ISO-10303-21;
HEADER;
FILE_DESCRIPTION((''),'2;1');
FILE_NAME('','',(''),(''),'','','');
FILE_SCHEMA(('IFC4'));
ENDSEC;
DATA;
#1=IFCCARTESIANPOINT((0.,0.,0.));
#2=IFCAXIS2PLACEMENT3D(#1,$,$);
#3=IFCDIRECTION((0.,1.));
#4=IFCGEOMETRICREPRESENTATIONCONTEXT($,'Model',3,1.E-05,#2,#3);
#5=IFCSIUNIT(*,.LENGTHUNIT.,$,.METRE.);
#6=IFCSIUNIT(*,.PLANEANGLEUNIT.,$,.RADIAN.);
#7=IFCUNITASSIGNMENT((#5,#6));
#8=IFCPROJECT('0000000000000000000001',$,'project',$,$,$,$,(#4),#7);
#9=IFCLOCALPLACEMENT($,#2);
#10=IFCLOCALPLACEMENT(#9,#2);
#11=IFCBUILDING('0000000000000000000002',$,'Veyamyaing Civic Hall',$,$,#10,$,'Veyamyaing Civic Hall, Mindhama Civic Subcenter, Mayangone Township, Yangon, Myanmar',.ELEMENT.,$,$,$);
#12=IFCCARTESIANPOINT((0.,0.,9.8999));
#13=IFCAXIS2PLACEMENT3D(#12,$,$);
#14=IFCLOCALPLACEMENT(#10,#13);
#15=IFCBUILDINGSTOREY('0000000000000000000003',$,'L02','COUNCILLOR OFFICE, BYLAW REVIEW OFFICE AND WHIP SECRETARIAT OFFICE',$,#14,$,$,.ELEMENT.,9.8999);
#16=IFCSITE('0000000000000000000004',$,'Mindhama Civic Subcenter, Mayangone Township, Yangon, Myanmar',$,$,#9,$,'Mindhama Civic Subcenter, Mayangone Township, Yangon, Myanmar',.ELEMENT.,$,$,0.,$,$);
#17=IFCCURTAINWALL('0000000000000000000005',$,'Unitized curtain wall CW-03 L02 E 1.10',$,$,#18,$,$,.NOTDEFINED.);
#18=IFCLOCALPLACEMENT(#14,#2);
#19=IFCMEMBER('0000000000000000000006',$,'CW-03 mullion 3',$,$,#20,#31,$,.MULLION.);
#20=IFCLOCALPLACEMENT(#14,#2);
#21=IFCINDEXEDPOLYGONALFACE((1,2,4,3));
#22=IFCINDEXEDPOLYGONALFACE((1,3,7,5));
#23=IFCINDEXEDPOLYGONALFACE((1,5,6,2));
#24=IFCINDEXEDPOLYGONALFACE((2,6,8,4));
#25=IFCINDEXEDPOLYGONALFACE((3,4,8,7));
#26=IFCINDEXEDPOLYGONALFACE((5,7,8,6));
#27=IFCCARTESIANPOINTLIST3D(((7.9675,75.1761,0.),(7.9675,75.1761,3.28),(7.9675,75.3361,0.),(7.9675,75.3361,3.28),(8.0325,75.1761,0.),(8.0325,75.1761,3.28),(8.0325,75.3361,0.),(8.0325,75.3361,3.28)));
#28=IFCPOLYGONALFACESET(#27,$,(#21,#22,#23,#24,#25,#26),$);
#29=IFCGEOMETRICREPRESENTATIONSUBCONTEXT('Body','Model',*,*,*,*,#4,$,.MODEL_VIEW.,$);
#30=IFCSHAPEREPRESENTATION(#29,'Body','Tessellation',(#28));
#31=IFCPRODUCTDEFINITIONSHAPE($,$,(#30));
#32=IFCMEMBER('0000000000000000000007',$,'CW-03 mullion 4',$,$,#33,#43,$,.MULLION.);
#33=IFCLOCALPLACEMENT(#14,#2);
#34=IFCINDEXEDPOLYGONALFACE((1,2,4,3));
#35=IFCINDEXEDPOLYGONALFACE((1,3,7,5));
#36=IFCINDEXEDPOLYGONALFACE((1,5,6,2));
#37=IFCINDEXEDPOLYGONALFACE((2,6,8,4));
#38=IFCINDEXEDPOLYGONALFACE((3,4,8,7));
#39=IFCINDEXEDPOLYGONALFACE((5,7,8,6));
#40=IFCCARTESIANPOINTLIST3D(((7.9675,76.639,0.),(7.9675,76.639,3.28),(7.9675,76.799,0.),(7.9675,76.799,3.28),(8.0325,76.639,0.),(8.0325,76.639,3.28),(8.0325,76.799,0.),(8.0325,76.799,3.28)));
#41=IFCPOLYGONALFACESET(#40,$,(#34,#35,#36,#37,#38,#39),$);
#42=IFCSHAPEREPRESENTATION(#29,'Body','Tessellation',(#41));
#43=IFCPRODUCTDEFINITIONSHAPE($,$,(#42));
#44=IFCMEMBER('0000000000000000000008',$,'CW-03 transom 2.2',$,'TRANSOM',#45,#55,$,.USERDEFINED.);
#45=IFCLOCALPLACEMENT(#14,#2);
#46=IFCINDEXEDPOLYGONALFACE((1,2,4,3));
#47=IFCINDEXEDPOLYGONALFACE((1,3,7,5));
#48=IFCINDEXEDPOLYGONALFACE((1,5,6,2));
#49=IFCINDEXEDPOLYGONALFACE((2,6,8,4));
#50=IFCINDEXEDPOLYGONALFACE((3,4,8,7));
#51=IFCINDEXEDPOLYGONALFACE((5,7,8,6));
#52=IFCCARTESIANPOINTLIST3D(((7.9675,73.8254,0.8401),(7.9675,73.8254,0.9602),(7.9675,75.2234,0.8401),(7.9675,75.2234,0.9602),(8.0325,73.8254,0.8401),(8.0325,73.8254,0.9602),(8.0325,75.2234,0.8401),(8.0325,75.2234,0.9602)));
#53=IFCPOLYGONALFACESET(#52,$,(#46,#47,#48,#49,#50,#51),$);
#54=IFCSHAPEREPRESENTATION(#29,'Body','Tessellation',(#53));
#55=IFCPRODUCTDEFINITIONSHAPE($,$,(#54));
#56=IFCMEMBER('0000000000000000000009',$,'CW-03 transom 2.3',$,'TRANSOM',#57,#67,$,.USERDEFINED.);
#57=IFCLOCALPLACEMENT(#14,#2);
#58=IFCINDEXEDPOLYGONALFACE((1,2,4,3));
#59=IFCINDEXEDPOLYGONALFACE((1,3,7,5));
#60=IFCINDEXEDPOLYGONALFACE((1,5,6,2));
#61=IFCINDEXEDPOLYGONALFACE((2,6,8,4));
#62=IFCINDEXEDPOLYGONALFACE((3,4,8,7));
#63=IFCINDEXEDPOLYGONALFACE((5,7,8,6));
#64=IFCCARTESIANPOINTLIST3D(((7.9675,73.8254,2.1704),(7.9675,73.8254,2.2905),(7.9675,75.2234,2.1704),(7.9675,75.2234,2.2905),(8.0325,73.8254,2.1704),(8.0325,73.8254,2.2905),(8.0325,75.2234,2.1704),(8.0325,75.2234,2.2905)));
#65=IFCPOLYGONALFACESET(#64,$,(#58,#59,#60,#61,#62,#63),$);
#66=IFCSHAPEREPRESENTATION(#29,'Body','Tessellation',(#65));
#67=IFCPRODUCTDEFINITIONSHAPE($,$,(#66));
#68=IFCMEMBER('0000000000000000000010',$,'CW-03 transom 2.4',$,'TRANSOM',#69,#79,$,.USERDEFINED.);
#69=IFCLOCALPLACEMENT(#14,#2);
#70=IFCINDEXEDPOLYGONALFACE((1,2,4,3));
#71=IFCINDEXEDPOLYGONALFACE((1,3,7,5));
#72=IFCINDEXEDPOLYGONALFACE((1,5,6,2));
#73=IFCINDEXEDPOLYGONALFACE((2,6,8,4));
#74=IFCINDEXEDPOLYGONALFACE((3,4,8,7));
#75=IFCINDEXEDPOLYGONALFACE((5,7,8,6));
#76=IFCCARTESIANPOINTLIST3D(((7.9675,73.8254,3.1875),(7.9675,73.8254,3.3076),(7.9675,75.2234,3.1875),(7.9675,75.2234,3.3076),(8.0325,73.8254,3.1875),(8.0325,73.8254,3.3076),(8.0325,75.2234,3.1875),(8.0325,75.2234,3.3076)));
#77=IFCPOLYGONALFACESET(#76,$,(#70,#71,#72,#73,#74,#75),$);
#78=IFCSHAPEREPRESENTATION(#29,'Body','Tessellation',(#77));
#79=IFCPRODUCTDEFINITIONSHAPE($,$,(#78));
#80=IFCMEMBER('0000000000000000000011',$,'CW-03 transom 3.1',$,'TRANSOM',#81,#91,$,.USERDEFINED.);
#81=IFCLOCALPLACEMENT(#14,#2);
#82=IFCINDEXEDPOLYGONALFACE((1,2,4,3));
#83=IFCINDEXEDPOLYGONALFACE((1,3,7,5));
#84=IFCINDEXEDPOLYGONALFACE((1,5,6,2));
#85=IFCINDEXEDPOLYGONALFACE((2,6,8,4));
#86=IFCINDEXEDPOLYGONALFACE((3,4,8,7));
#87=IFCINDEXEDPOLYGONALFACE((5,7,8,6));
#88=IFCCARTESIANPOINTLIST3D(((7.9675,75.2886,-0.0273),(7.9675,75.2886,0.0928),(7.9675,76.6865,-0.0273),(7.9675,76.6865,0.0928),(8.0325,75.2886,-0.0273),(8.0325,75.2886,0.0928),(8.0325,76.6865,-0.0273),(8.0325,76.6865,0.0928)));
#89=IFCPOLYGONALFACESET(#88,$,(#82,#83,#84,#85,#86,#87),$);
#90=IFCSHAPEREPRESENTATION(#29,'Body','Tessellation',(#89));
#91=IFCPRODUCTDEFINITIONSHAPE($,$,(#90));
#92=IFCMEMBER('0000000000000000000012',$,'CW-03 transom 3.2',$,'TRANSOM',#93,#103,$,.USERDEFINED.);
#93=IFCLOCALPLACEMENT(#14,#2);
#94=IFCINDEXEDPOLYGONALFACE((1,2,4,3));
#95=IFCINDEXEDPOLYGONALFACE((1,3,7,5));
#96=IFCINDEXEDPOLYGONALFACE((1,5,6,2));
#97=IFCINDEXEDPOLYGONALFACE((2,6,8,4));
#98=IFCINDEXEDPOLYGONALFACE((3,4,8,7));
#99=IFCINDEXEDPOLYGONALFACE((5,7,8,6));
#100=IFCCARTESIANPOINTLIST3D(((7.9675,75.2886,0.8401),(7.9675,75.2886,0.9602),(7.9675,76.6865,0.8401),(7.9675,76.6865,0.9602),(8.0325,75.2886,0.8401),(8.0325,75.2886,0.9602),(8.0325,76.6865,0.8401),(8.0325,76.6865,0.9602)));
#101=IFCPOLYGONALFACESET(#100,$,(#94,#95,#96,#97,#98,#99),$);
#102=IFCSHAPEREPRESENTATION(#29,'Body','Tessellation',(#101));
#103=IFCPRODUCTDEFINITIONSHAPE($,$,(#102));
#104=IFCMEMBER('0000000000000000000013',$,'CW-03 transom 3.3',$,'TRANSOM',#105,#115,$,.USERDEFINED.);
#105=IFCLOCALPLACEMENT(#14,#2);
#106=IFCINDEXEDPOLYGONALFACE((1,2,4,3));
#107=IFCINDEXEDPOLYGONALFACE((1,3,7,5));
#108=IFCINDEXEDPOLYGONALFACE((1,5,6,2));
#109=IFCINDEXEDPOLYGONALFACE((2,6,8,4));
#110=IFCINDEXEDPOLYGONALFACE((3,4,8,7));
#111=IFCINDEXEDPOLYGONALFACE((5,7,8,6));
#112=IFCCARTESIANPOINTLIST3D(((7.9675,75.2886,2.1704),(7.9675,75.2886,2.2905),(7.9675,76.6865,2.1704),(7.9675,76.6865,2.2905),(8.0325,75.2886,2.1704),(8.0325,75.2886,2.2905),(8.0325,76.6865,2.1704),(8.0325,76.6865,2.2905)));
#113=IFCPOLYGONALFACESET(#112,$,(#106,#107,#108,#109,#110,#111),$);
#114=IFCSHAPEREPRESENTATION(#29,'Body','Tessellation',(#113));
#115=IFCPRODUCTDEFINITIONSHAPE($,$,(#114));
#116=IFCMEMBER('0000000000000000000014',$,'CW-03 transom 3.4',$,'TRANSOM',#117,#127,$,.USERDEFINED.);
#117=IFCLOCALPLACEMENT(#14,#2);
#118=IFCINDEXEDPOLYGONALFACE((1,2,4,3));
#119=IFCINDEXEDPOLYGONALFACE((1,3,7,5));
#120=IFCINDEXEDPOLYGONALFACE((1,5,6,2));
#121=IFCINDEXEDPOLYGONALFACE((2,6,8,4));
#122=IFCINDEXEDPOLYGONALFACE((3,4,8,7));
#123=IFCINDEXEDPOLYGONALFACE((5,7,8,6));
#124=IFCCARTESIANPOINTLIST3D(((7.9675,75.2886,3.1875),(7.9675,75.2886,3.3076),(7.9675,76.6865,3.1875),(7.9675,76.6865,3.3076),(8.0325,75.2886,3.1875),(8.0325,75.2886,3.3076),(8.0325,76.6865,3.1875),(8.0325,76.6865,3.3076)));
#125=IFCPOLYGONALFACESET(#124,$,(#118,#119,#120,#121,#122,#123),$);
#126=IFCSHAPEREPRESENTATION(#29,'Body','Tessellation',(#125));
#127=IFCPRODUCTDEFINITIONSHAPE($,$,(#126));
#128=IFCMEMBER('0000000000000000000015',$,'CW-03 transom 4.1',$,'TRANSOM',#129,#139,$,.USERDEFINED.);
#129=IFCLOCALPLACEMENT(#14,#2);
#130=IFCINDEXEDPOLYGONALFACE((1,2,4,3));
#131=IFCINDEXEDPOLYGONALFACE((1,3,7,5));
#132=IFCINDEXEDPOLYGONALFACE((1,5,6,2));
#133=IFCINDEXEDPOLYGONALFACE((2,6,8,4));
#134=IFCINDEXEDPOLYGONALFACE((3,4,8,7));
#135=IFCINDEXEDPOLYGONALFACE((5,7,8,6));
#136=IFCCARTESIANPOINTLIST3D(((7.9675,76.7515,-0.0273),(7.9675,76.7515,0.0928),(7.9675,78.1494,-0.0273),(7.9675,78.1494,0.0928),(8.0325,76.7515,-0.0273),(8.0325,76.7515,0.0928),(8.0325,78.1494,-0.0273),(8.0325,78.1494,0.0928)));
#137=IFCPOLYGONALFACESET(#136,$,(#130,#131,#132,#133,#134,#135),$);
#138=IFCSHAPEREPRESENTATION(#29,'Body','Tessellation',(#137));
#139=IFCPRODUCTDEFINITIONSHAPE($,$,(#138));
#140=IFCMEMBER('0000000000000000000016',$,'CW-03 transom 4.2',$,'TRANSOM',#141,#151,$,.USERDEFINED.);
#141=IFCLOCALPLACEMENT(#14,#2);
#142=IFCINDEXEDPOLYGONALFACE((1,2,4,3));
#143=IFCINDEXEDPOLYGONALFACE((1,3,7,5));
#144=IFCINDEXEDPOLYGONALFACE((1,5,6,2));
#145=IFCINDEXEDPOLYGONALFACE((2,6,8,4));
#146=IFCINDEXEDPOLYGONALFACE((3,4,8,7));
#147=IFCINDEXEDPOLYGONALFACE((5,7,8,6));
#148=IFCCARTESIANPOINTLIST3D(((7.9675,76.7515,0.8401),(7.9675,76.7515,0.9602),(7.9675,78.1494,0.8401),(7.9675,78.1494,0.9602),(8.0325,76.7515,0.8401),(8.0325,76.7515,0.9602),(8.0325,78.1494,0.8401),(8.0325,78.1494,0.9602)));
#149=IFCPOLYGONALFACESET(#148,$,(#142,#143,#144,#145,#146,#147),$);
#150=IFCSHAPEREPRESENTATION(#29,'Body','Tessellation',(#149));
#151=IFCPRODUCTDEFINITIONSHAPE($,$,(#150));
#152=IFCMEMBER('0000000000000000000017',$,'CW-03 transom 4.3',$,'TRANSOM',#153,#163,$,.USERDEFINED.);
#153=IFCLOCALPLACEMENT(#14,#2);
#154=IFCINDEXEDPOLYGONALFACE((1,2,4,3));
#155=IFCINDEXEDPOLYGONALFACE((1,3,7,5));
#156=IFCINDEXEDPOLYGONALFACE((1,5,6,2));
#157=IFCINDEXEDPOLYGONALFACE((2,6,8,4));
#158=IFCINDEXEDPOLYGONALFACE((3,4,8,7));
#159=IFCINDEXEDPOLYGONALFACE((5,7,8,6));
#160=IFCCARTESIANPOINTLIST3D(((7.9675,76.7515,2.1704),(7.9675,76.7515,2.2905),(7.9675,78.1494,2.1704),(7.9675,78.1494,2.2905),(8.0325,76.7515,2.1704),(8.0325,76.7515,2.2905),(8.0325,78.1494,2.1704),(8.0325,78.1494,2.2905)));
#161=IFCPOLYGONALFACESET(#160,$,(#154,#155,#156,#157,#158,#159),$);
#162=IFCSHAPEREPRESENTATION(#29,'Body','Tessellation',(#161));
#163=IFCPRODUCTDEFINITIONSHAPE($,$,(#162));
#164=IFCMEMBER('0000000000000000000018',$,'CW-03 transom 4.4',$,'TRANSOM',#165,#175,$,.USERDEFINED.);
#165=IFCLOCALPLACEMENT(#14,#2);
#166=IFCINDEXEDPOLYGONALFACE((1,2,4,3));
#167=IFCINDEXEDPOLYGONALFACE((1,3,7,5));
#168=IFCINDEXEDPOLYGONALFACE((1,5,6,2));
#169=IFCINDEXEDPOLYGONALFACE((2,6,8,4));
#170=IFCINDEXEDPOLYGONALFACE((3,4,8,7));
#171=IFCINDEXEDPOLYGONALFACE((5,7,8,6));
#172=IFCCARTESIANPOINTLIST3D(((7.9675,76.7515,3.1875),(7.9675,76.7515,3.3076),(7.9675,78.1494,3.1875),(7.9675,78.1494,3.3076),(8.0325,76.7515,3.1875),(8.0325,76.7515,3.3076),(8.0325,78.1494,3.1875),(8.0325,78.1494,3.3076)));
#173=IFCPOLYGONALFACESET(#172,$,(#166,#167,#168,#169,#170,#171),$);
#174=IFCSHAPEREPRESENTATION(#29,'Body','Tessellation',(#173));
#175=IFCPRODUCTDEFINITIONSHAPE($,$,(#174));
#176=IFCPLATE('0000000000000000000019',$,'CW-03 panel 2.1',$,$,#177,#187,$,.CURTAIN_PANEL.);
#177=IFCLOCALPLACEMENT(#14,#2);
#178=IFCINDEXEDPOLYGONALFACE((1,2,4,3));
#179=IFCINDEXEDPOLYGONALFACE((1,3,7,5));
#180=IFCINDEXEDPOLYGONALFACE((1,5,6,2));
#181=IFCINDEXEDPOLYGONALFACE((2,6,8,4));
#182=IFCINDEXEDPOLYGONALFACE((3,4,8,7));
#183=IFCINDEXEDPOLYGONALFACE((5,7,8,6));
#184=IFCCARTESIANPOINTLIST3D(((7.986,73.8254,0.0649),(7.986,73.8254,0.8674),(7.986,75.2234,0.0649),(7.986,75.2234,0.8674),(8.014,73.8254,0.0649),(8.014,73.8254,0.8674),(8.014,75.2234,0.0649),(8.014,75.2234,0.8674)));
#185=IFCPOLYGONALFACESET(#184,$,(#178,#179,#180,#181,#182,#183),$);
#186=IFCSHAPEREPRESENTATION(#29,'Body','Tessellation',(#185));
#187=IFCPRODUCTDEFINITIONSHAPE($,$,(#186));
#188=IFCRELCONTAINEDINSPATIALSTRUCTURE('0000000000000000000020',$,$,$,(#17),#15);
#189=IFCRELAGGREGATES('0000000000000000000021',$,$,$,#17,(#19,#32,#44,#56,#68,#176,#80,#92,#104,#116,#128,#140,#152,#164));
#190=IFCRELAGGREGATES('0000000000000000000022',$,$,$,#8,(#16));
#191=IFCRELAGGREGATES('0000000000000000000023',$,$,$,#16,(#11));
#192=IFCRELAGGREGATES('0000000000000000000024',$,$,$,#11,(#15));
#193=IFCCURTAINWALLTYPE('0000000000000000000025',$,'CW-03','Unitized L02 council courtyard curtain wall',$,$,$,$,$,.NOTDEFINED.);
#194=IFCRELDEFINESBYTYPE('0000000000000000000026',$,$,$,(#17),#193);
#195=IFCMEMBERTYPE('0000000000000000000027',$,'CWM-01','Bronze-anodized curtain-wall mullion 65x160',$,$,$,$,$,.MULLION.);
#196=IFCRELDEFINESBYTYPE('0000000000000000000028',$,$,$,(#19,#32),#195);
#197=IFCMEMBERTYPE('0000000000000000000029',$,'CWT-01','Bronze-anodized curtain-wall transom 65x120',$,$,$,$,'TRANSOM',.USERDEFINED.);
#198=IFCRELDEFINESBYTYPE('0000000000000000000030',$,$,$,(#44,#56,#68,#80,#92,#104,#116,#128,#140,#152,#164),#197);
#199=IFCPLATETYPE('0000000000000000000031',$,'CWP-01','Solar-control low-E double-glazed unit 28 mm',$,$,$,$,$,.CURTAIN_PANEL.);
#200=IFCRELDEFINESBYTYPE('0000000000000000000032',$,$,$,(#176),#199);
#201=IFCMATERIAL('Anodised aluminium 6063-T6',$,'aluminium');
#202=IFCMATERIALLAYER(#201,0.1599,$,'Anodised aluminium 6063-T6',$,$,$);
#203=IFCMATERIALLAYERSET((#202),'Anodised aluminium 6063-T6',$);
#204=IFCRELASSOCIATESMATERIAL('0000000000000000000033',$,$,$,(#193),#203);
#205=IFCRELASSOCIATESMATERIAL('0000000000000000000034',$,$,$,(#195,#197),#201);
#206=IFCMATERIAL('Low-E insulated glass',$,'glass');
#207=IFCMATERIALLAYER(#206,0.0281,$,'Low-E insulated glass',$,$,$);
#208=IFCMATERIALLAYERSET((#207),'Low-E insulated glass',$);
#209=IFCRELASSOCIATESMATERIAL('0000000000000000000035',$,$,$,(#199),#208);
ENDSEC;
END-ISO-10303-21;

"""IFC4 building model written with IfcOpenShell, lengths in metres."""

from ifc_helpers import new_model, si_unit, direction, frame, origin, origin_2d, place, context, subcontext, project, spatial, rectangle, extrude, material, layer, layer_set, material_profile, profile_set, type_object, element, aggregate, save


model = new_model("IFC4")

# Units and contexts
model_context = context("Model", 3, precision=1e-05, world=origin(), true_north=direction((0.0, 1.0)))
body_context = subcontext(model_context, "Body", "Model", "MODEL_VIEW")
ifc_project = project(units=[si_unit("LENGTHUNIT", "METRE"), si_unit("PLANEANGLEUNIT", "RADIAN")], contexts=[model_context])

# Site, building, storey
site_placement = place(None, origin())
site = spatial("IfcSite", under=ifc_project, at=site_placement, Name="Mindhama Civic Subcenter, Mayangone Township, Yangon, Myanmar", LongName="Mindhama Civic Subcenter, Mayangone Township, Yangon, Myanmar", CompositionType="ELEMENT", RefElevation=0.0)
building_placement = place(site_placement, origin())
building = spatial("IfcBuilding", under=site, at=building_placement, Name="Veyamyaing Civic Hall", LongName="Veyamyaing Civic Hall, Mindhama Civic Subcenter, Mayangone Township, Yangon, Myanmar", CompositionType="ELEMENT")
storey_placement = place(building_placement, frame((0.0, 0.0, 9.8999)))
storey = spatial("IfcBuildingStorey", under=building, at=storey_placement, Name="L02", Description="COUNCILLOR OFFICE, BYLAW REVIEW OFFICE AND WHIP SECRETARIAT OFFICE", CompositionType="ELEMENT", Elevation=9.8999)

# Curtain wall, members, plate
ifc_material_1 = material(Name="Anodised aluminium 6063-T6", Category="aluminium")
ifc_layer_1 = layer(ifc_material_1, 0.1599, Name="Anodised aluminium 6063-T6")
ifc_layer_set_1 = layer_set([ifc_layer_1], Name="Anodised aluminium 6063-T6")
curtain_wall_type = type_object("IfcCurtainWallType", Name="CW-03", Description="Unitized L02 council courtyard curtain wall", PredefinedType="NOTDEFINED", material=ifc_layer_set_1)
curtain_wall_placement = place(storey_placement, origin())
curtain_wall = element("IfcCurtainWall", 1, at=curtain_wall_placement, inside=storey, type_object=curtain_wall_type, Name="Unitized curtain wall CW-03 L02 E 1.10", PredefinedType="NOTDEFINED")
ifc_material_profile_1 = material_profile(ifc_material_1, rectangle(XDim=0.0649, YDim=0.1599, at=origin_2d()), Name="ALU-MUL-65X160")
ifc_profile_set_1 = profile_set([ifc_material_profile_1], Name="Anodised aluminium 6063-T6")
member_type_1 = type_object("IfcMemberType", Name="CWM-01", Description="Bronze-anodized curtain-wall mullion 65x160", PredefinedType="MULLION", material=ifc_profile_set_1)
member_1_placement = place(storey_placement, frame((8.0, 75.2561, 0.0), z_axis=(0.0, 0.0, 1.0), x_axis=(-1.0, 0.0, 0.0)))
member_1 = element("IfcMember", 2, at=member_1_placement, type_object=member_type_1, Name="CW-03 mullion 3", PredefinedType="MULLION", context=body_context, shape_type="SweptSolid", body=[
    extrude(rectangle(XDim=0.0649, YDim=0.1599, at=origin_2d()), origin(), (0.0, 0.0, 1.0), 3.28),
])
member_2_placement = place(storey_placement, frame((8.0, 76.719, 0.0), z_axis=(0.0, 0.0, 1.0), x_axis=(-1.0, 0.0, 0.0)))
member_2 = element("IfcMember", 3, at=member_2_placement, type_object=member_type_1, Name="CW-03 mullion 4", PredefinedType="MULLION", context=body_context, shape_type="SweptSolid", body=[
    extrude(rectangle(XDim=0.0649, YDim=0.1599, at=origin_2d()), origin(), (0.0, 0.0, 1.0), 3.28),
])
ifc_material_profile_2 = material_profile(ifc_material_1, rectangle(XDim=0.0649, YDim=0.1201, at=origin_2d()), Name="ALU-TRN-65X120")
ifc_profile_set_2 = profile_set([ifc_material_profile_2], Name="Anodised aluminium 6063-T6")
member_type_2 = type_object("IfcMemberType", Name="CWT-01", Description="Bronze-anodized curtain-wall transom 65x120", ElementType="TRANSOM", PredefinedType="USERDEFINED", material=ifc_profile_set_2)
member_3_placement = place(storey_placement, frame((8.0, 73.8254, 0.9001), z_axis=(0.0, 1.0, 0.0), x_axis=(-1.0, 0.0, 0.0)))
member_3 = element("IfcMember", 4, at=member_3_placement, type_object=member_type_2, Name="CW-03 transom 2.2", ObjectType="TRANSOM", PredefinedType="USERDEFINED", context=body_context, shape_type="SweptSolid", body=[
    extrude(rectangle(XDim=0.0649, YDim=0.1201, at=origin_2d()), origin(), (0.0, 0.0, 1.0), 1.3979),
])
member_4_placement = place(storey_placement, frame((8.0, 73.8254, 2.2305), z_axis=(0.0, 1.0, 0.0), x_axis=(-1.0, 0.0, 0.0)))
member_4 = element("IfcMember", 5, at=member_4_placement, type_object=member_type_2, Name="CW-03 transom 2.3", ObjectType="TRANSOM", PredefinedType="USERDEFINED", context=body_context, shape_type="SweptSolid", body=[
    extrude(rectangle(XDim=0.0649, YDim=0.1201, at=origin_2d()), origin(), (0.0, 0.0, 1.0), 1.3979),
])
member_5_placement = place(storey_placement, frame((8.0, 73.8254, 3.2476), z_axis=(0.0, 1.0, 0.0), x_axis=(-1.0, 0.0, 0.0)))
member_5 = element("IfcMember", 6, at=member_5_placement, type_object=member_type_2, Name="CW-03 transom 2.4", ObjectType="TRANSOM", PredefinedType="USERDEFINED", context=body_context, shape_type="SweptSolid", body=[
    extrude(rectangle(XDim=0.0649, YDim=0.1201, at=origin_2d()), origin(), (0.0, 0.0, 1.0), 1.3979),
])
member_6_placement = place(storey_placement, frame((8.0, 75.2886, 0.0327), z_axis=(0.0, 1.0, 0.0), x_axis=(-1.0, 0.0, 0.0)))
member_6 = element("IfcMember", 7, at=member_6_placement, type_object=member_type_2, Name="CW-03 transom 3.1", ObjectType="TRANSOM", PredefinedType="USERDEFINED", context=body_context, shape_type="SweptSolid", body=[
    extrude(rectangle(XDim=0.0649, YDim=0.1201, at=origin_2d()), origin(), (0.0, 0.0, 1.0), 1.3979),
])
member_7_placement = place(storey_placement, frame((8.0, 75.2886, 0.9001), z_axis=(0.0, 1.0, 0.0), x_axis=(-1.0, 0.0, 0.0)))
member_7 = element("IfcMember", 8, at=member_7_placement, type_object=member_type_2, Name="CW-03 transom 3.2", ObjectType="TRANSOM", PredefinedType="USERDEFINED", context=body_context, shape_type="SweptSolid", body=[
    extrude(rectangle(XDim=0.0649, YDim=0.1201, at=origin_2d()), origin(), (0.0, 0.0, 1.0), 1.3979),
])
member_8_placement = place(storey_placement, frame((8.0, 75.2886, 2.2305), z_axis=(0.0, 1.0, 0.0), x_axis=(-1.0, 0.0, 0.0)))
member_8 = element("IfcMember", 9, at=member_8_placement, type_object=member_type_2, Name="CW-03 transom 3.3", ObjectType="TRANSOM", PredefinedType="USERDEFINED", context=body_context, shape_type="SweptSolid", body=[
    extrude(rectangle(XDim=0.0649, YDim=0.1201, at=origin_2d()), origin(), (0.0, 0.0, 1.0), 1.3979),
])
member_9_placement = place(storey_placement, frame((8.0, 75.2886, 3.2476), z_axis=(0.0, 1.0, 0.0), x_axis=(-1.0, 0.0, 0.0)))
member_9 = element("IfcMember", 10, at=member_9_placement, type_object=member_type_2, Name="CW-03 transom 3.4", ObjectType="TRANSOM", PredefinedType="USERDEFINED", context=body_context, shape_type="SweptSolid", body=[
    extrude(rectangle(XDim=0.0649, YDim=0.1201, at=origin_2d()), origin(), (0.0, 0.0, 1.0), 1.3979),
])
member_10_placement = place(storey_placement, frame((8.0, 76.7515, 0.0327), z_axis=(0.0, 1.0, 0.0), x_axis=(-1.0, 0.0, 0.0)))
member_10 = element("IfcMember", 11, at=member_10_placement, type_object=member_type_2, Name="CW-03 transom 4.1", ObjectType="TRANSOM", PredefinedType="USERDEFINED", context=body_context, shape_type="SweptSolid", body=[
    extrude(rectangle(XDim=0.0649, YDim=0.1201, at=origin_2d()), origin(), (0.0, 0.0, 1.0), 1.3979),
])
member_11_placement = place(storey_placement, frame((8.0, 76.7515, 0.9001), z_axis=(0.0, 1.0, 0.0), x_axis=(-1.0, 0.0, 0.0)))
member_11 = element("IfcMember", 12, at=member_11_placement, type_object=member_type_2, Name="CW-03 transom 4.2", ObjectType="TRANSOM", PredefinedType="USERDEFINED", context=body_context, shape_type="SweptSolid", body=[
    extrude(rectangle(XDim=0.0649, YDim=0.1201, at=origin_2d()), origin(), (0.0, 0.0, 1.0), 1.3979),
])
member_12_placement = place(storey_placement, frame((8.0, 76.7515, 2.2305), z_axis=(0.0, 1.0, 0.0), x_axis=(-1.0, 0.0, 0.0)))
member_12 = element("IfcMember", 13, at=member_12_placement, type_object=member_type_2, Name="CW-03 transom 4.3", ObjectType="TRANSOM", PredefinedType="USERDEFINED", context=body_context, shape_type="SweptSolid", body=[
    extrude(rectangle(XDim=0.0649, YDim=0.1201, at=origin_2d()), origin(), (0.0, 0.0, 1.0), 1.3979),
])
member_13_placement = place(storey_placement, frame((8.0, 76.7515, 3.2476), z_axis=(0.0, 1.0, 0.0), x_axis=(-1.0, 0.0, 0.0)))
member_13 = element("IfcMember", 14, at=member_13_placement, type_object=member_type_2, Name="CW-03 transom 4.4", ObjectType="TRANSOM", PredefinedType="USERDEFINED", context=body_context, shape_type="SweptSolid", body=[
    extrude(rectangle(XDim=0.0649, YDim=0.1201, at=origin_2d()), origin(), (0.0, 0.0, 1.0), 1.3979),
])
ifc_material_2 = material(Name="Low-E insulated glass", Category="glass")
ifc_layer_2 = layer(ifc_material_2, 0.0281, Name="Low-E insulated glass")
ifc_layer_set_2 = layer_set([ifc_layer_2], Name="Low-E insulated glass")
plate_type = type_object("IfcPlateType", Name="CWP-01", Description="Solar-control low-E double-glazed unit 28 mm", PredefinedType="CURTAIN_PANEL", material=ifc_layer_set_2)
plate_1_placement = place(storey_placement, frame((8.0, 74.5244, 0.0649), z_axis=(0.0, 0.0, 1.0), x_axis=(0.0, 1.0, 0.0)))
plate_1 = element("IfcPlate", 15, at=plate_1_placement, type_object=plate_type, Name="CW-03 panel 2.1", PredefinedType="CURTAIN_PANEL", context=body_context, shape_type="SweptSolid", body=[
    extrude(rectangle(XDim=1.3979, YDim=0.0281, at=origin_2d()), origin(), (0.0, 0.0, 1.0), 0.8025),
])
aggregate(curtain_wall, [member_1, member_2, member_3, member_4, member_5, plate_1, member_6, member_7, member_8, member_9, member_10, member_11, member_12, member_13])

save(model, "model.ifc")
